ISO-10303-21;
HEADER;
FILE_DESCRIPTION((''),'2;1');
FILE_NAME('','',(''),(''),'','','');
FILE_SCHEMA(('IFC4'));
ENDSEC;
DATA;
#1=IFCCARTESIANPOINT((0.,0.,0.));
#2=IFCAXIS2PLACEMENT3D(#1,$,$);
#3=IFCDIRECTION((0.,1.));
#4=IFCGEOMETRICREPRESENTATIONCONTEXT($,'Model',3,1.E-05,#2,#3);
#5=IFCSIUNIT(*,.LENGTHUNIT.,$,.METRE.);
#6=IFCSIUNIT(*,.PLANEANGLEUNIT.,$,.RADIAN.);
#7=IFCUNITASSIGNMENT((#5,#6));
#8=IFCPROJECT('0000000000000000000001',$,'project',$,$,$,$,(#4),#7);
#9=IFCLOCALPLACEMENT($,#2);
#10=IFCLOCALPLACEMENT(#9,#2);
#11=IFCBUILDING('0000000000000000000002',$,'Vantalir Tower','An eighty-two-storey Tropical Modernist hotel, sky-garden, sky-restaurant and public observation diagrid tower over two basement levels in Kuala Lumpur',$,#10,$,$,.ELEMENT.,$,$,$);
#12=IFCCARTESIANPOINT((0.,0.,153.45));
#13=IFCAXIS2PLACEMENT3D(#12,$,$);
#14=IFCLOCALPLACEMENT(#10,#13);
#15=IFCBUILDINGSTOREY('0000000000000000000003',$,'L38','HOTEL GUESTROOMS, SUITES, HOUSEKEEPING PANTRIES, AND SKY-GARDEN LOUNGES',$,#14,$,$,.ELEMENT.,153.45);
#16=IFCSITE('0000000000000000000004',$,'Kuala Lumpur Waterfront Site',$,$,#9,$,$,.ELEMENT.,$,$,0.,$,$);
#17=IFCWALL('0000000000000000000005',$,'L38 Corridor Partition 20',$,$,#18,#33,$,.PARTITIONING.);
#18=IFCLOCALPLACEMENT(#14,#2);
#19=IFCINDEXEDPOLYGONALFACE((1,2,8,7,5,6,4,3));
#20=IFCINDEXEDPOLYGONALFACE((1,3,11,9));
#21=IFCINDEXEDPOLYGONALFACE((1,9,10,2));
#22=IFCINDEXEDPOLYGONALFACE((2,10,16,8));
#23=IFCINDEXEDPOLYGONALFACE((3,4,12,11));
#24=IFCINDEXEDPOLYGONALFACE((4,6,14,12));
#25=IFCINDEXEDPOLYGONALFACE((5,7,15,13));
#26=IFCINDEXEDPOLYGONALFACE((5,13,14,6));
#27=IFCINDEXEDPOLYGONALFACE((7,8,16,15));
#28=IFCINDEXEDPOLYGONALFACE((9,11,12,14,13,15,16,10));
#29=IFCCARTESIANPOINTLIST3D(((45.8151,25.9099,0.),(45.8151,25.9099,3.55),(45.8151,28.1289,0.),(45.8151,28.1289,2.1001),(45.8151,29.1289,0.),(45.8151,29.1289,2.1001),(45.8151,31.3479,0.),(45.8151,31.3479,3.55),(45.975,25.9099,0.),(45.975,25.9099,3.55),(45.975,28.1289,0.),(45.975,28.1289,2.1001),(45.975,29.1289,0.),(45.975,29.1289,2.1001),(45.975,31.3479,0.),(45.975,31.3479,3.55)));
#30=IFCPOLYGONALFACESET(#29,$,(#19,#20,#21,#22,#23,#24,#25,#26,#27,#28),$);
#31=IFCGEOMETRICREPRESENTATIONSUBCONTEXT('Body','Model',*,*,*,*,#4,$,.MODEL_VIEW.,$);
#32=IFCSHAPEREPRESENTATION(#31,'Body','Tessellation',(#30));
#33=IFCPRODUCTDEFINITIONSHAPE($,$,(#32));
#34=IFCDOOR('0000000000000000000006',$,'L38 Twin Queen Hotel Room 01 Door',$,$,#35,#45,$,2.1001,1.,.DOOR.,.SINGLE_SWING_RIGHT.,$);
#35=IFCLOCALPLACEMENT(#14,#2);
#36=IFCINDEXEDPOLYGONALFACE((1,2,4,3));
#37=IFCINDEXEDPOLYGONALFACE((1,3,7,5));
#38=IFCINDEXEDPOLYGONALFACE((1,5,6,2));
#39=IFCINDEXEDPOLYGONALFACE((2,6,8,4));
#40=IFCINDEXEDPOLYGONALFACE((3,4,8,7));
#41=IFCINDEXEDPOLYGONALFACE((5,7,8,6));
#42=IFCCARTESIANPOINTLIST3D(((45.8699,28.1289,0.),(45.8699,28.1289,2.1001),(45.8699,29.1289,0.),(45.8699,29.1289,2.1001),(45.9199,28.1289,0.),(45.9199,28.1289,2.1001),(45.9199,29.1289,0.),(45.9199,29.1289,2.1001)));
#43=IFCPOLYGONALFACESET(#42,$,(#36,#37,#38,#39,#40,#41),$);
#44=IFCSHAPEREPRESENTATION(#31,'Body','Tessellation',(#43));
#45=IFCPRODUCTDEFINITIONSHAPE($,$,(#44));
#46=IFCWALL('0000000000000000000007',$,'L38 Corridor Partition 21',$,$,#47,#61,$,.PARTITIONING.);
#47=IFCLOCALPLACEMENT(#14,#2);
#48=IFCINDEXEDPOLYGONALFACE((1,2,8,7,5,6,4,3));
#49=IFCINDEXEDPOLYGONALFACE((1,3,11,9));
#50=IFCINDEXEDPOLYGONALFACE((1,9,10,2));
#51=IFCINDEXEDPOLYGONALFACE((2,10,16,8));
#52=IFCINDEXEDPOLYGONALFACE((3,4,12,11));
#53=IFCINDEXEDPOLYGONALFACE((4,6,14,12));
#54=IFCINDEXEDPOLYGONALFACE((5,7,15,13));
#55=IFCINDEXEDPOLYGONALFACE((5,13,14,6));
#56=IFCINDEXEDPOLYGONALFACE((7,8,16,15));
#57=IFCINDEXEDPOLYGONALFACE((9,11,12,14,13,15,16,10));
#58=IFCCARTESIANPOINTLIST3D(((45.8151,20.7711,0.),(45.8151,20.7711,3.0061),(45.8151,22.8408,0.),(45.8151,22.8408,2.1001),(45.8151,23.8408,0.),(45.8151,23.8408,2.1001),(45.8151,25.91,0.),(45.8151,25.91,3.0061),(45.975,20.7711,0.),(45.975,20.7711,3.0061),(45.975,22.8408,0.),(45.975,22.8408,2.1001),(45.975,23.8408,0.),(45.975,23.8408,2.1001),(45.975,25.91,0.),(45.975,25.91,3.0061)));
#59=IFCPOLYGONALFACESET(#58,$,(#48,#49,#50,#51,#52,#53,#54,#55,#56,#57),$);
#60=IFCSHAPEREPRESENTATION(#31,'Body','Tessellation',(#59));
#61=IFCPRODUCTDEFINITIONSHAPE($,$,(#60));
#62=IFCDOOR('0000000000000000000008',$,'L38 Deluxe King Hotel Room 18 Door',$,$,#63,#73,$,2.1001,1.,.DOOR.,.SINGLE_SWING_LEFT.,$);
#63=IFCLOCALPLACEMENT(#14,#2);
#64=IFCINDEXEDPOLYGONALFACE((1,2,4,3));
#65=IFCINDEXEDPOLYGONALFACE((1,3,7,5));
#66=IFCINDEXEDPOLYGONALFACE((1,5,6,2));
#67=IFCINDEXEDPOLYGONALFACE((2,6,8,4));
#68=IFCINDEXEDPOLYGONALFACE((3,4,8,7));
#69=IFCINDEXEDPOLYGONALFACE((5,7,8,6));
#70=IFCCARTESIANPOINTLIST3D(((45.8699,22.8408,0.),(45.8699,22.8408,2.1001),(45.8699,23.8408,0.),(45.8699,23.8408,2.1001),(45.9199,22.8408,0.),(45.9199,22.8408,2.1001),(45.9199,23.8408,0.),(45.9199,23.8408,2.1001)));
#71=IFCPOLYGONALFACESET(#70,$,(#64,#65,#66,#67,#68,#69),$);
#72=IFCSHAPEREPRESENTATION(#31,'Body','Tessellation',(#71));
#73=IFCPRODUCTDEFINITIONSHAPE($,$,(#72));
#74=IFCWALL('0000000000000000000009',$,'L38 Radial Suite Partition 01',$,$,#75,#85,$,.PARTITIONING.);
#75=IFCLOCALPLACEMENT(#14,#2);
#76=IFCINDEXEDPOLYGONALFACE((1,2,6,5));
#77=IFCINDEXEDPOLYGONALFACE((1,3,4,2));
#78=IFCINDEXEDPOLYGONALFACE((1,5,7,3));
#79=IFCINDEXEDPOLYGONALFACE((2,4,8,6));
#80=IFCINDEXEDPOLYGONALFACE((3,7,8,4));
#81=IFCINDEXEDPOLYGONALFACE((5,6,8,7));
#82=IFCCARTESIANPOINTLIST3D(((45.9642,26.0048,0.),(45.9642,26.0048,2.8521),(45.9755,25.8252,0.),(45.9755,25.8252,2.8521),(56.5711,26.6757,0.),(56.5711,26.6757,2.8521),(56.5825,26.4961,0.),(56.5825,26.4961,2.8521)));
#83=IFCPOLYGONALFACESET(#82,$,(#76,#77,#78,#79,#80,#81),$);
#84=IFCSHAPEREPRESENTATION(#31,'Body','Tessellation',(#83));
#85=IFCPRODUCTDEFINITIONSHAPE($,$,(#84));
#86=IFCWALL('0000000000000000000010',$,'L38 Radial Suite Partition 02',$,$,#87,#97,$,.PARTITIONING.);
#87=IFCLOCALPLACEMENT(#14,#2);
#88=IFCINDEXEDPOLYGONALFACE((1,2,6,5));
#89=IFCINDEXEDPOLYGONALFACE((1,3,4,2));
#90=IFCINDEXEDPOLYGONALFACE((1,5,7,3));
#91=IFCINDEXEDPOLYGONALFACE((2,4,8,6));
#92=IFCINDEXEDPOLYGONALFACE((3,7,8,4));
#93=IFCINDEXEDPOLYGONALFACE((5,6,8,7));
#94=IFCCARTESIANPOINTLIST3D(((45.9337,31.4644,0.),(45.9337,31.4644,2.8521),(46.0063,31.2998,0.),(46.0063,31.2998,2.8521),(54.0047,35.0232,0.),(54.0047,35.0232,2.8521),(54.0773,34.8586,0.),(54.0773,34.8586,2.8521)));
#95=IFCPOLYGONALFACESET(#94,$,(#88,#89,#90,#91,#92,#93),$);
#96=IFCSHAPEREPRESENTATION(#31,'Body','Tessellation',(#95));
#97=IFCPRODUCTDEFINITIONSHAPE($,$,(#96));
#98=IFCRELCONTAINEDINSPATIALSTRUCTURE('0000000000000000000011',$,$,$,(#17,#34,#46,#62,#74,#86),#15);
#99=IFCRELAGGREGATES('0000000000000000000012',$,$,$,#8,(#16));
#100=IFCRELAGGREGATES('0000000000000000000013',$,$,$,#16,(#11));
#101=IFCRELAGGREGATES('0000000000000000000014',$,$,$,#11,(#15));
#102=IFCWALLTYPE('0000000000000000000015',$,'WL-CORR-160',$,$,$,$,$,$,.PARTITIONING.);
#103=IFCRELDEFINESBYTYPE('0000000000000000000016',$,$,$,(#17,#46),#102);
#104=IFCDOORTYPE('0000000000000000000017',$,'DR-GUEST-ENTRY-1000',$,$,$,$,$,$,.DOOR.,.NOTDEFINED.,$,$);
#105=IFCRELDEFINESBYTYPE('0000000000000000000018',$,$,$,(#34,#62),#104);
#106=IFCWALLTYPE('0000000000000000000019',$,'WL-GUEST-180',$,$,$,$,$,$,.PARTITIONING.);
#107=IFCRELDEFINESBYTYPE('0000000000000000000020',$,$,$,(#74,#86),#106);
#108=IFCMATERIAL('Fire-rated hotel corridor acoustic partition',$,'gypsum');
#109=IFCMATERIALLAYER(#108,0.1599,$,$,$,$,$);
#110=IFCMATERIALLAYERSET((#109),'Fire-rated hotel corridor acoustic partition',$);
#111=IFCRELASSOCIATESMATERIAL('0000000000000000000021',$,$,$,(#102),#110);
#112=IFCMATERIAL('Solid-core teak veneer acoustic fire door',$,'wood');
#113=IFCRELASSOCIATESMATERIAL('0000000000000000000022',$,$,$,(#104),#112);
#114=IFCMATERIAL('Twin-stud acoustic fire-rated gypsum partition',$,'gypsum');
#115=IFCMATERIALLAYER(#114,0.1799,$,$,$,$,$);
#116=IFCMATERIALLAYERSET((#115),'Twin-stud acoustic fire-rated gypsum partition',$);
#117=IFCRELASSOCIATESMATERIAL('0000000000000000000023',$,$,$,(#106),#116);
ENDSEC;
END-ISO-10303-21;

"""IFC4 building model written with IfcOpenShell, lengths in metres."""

from ifc_helpers import new_model, si_unit, direction, frame, frame_2d, origin, place, context, subcontext, project, spatial, rectangle, extrude, material, layer, layer_set, type_object, element, fill, save


model = new_model("IFC4")

# Units and contexts
model_context = context("Model", 3, precision=1e-05, world=origin(), true_north=direction((0.0, 1.0)))
body_context = subcontext(model_context, "Body", "Model", "MODEL_VIEW")
ifc_project = project(units=[si_unit("LENGTHUNIT", "METRE"), si_unit("PLANEANGLEUNIT", "RADIAN")], contexts=[model_context])

# Site, building, storey
site_placement = place(None, origin())
site = spatial("IfcSite", under=ifc_project, at=site_placement, Name="Kuala Lumpur Waterfront Site", CompositionType="ELEMENT", RefElevation=0.0)
building_placement = place(site_placement, origin())
building = spatial("IfcBuilding", under=site, at=building_placement, Name="Vantalir Tower", Description="An eighty-two-storey Tropical Modernist hotel, sky-garden, sky-restaurant and public observation diagrid tower over two basement levels in Kuala Lumpur", CompositionType="ELEMENT")
storey_placement = place(building_placement, frame((0.0, 0.0, 153.45)))
storey = spatial("IfcBuildingStorey", under=building, at=storey_placement, Name="L38", Description="HOTEL GUESTROOMS, SUITES, HOUSEKEEPING PANTRIES, AND SKY-GARDEN LOUNGES", CompositionType="ELEMENT", Elevation=153.45)

# Shared definitions
ifc_material_1 = material(Name="Fire-rated hotel corridor acoustic partition", Category="gypsum")
ifc_layer_1 = layer(ifc_material_1, 0.1599)
ifc_layer_set_1 = layer_set([ifc_layer_1], Name="Fire-rated hotel corridor acoustic partition")
wall_type_1 = type_object("IfcWallType", Name="WL-CORR-160", PredefinedType="PARTITIONING", material=ifc_layer_set_1)
ifc_material_2 = material(Name="Solid-core teak veneer acoustic fire door", Category="wood")
door_type_1 = type_object("IfcDoorType", Name="DR-GUEST-ENTRY-1000", OperationType="NOTDEFINED", PredefinedType="DOOR", material=ifc_material_2)

# Walls, openings, doors
wall_1_placement = place(storey_placement, frame((45.895, 31.3479, 0.0), z_axis=(0.0, 0.0, 1.0), x_axis=(0.0, -1.0, 0.0)))
wall_1 = element("IfcWall", 1, at=wall_1_placement, inside=storey, type_object=wall_type_1, Name="L38 Corridor Partition 20", PredefinedType="PARTITIONING", context=body_context, shape_type="SweptSolid", body=[
    extrude(rectangle(XDim=5.438, YDim=0.1599, at=frame_2d((2.719, 0.0))), origin(), (0.0, 0.0, 1.0), 3.55),
])
opening_1_placement = place(wall_1_placement, frame((2.219, 0.0, 0.0)))
opening_1 = element("IfcOpeningElement", 2, at=opening_1_placement, cuts=wall_1, PredefinedType="OPENING", context=body_context, shape_type="SweptSolid", body=[
    extrude(rectangle(XDim=1.0, YDim=2.1001, at=frame_2d((0.5, 1.05))), frame((0.0, 0.0898, 0.0), z_axis=(0.0, -1.0, 0.0), x_axis=(1.0, 0.0, 0.0)), (0.0, 0.0, 1.0), 0.1799),
])
door_1_placement = place(opening_1_placement, origin())
door_1 = element("IfcDoor", 3, at=door_1_placement, inside=storey, type_object=door_type_1, Name="L38 Twin Queen Hotel Room 01 Door", OperationType="SINGLE_SWING_RIGHT", OverallHeight=2.1001, OverallWidth=1.0, PredefinedType="DOOR", context=body_context, shape_type="SweptSolid", body=[
    extrude(rectangle(XDim=1.0, YDim=2.1001, at=frame_2d((0.5, 1.05))), frame((0.0, 0.0249, 0.0), z_axis=(0.0, -1.0, 0.0), x_axis=(1.0, 0.0, 0.0)), (0.0, 0.0, 1.0), 0.05),
])
fill(opening_1, door_1)
wall_2_placement = place(storey_placement, frame((45.895, 25.9099, 0.0), z_axis=(0.0, 0.0, 1.0), x_axis=(0.0, -1.0, 0.0)))
wall_2 = element("IfcWall", 4, at=wall_2_placement, inside=storey, type_object=wall_type_1, Name="L38 Corridor Partition 21", PredefinedType="PARTITIONING", context=body_context, shape_type="SweptSolid", body=[
    extrude(rectangle(XDim=5.1389, YDim=0.1599, at=frame_2d((2.5693, 0.0))), origin(), (0.0, 0.0, 1.0), 3.0061),
])
opening_2_placement = place(wall_2_placement, frame((2.0691, 0.0, 0.0)))
opening_2 = element("IfcOpeningElement", 5, at=opening_2_placement, cuts=wall_2, PredefinedType="OPENING", context=body_context, shape_type="SweptSolid", body=[
    extrude(rectangle(XDim=1.0, YDim=2.1001, at=frame_2d((0.5, 1.05))), frame((0.0, 0.0898, 0.0), z_axis=(0.0, -1.0, 0.0), x_axis=(1.0, 0.0, 0.0)), (0.0, 0.0, 1.0), 0.1799),
])
door_2_placement = place(opening_2_placement, origin())
door_2 = element("IfcDoor", 6, at=door_2_placement, inside=storey, type_object=door_type_1, Name="L38 Deluxe King Hotel Room 18 Door", OperationType="SINGLE_SWING_LEFT", OverallHeight=2.1001, OverallWidth=1.0, PredefinedType="DOOR", context=body_context, shape_type="SweptSolid", body=[
    extrude(rectangle(XDim=1.0, YDim=2.1001, at=frame_2d((0.5, 1.05))), frame((0.0, 0.0249, 0.0), z_axis=(0.0, -1.0, 0.0), x_axis=(1.0, 0.0, 0.0)), (0.0, 0.0, 1.0), 0.05),
])
fill(opening_2, door_2)

# Walls
ifc_material_3 = material(Name="Twin-stud acoustic fire-rated gypsum partition", Category="gypsum")
ifc_layer_2 = layer(ifc_material_3, 0.1799)
ifc_layer_set_2 = layer_set([ifc_layer_2], Name="Twin-stud acoustic fire-rated gypsum partition")
wall_type_2 = type_object("IfcWallType", Name="WL-GUEST-180", PredefinedType="PARTITIONING", material=ifc_layer_set_2)
wall_3_placement = place(storey_placement, frame((45.97, 25.915, 0.0), z_axis=(0.0, 0.0, 1.0), x_axis=(0.998006, 0.063125, 0.0)))
element("IfcWall", 7, at=wall_3_placement, inside=storey, type_object=wall_type_2, Name="L38 Radial Suite Partition 01", PredefinedType="PARTITIONING", context=body_context, shape_type="SweptSolid", body=[
    extrude(rectangle(XDim=10.6282, YDim=0.1799, at=frame_2d((5.314, 0.0))), origin(), (0.0, 0.0, 1.0), 2.8521),
])
wall_4_placement = place(storey_placement, frame((45.97, 31.3821, 0.0), z_axis=(0.0, 0.0, 1.0), x_axis=(0.914998, 0.403458, 0.0)))
element("IfcWall", 8, at=wall_4_placement, inside=storey, type_object=wall_type_2, Name="L38 Radial Suite Partition 02", PredefinedType="PARTITIONING", context=body_context, shape_type="SweptSolid", body=[
    extrude(rectangle(XDim=8.8208, YDim=0.1799, at=frame_2d((4.4104, 0.0))), origin(), (0.0, 0.0, 1.0), 2.8521),
])

save(model, "model.ifc")
